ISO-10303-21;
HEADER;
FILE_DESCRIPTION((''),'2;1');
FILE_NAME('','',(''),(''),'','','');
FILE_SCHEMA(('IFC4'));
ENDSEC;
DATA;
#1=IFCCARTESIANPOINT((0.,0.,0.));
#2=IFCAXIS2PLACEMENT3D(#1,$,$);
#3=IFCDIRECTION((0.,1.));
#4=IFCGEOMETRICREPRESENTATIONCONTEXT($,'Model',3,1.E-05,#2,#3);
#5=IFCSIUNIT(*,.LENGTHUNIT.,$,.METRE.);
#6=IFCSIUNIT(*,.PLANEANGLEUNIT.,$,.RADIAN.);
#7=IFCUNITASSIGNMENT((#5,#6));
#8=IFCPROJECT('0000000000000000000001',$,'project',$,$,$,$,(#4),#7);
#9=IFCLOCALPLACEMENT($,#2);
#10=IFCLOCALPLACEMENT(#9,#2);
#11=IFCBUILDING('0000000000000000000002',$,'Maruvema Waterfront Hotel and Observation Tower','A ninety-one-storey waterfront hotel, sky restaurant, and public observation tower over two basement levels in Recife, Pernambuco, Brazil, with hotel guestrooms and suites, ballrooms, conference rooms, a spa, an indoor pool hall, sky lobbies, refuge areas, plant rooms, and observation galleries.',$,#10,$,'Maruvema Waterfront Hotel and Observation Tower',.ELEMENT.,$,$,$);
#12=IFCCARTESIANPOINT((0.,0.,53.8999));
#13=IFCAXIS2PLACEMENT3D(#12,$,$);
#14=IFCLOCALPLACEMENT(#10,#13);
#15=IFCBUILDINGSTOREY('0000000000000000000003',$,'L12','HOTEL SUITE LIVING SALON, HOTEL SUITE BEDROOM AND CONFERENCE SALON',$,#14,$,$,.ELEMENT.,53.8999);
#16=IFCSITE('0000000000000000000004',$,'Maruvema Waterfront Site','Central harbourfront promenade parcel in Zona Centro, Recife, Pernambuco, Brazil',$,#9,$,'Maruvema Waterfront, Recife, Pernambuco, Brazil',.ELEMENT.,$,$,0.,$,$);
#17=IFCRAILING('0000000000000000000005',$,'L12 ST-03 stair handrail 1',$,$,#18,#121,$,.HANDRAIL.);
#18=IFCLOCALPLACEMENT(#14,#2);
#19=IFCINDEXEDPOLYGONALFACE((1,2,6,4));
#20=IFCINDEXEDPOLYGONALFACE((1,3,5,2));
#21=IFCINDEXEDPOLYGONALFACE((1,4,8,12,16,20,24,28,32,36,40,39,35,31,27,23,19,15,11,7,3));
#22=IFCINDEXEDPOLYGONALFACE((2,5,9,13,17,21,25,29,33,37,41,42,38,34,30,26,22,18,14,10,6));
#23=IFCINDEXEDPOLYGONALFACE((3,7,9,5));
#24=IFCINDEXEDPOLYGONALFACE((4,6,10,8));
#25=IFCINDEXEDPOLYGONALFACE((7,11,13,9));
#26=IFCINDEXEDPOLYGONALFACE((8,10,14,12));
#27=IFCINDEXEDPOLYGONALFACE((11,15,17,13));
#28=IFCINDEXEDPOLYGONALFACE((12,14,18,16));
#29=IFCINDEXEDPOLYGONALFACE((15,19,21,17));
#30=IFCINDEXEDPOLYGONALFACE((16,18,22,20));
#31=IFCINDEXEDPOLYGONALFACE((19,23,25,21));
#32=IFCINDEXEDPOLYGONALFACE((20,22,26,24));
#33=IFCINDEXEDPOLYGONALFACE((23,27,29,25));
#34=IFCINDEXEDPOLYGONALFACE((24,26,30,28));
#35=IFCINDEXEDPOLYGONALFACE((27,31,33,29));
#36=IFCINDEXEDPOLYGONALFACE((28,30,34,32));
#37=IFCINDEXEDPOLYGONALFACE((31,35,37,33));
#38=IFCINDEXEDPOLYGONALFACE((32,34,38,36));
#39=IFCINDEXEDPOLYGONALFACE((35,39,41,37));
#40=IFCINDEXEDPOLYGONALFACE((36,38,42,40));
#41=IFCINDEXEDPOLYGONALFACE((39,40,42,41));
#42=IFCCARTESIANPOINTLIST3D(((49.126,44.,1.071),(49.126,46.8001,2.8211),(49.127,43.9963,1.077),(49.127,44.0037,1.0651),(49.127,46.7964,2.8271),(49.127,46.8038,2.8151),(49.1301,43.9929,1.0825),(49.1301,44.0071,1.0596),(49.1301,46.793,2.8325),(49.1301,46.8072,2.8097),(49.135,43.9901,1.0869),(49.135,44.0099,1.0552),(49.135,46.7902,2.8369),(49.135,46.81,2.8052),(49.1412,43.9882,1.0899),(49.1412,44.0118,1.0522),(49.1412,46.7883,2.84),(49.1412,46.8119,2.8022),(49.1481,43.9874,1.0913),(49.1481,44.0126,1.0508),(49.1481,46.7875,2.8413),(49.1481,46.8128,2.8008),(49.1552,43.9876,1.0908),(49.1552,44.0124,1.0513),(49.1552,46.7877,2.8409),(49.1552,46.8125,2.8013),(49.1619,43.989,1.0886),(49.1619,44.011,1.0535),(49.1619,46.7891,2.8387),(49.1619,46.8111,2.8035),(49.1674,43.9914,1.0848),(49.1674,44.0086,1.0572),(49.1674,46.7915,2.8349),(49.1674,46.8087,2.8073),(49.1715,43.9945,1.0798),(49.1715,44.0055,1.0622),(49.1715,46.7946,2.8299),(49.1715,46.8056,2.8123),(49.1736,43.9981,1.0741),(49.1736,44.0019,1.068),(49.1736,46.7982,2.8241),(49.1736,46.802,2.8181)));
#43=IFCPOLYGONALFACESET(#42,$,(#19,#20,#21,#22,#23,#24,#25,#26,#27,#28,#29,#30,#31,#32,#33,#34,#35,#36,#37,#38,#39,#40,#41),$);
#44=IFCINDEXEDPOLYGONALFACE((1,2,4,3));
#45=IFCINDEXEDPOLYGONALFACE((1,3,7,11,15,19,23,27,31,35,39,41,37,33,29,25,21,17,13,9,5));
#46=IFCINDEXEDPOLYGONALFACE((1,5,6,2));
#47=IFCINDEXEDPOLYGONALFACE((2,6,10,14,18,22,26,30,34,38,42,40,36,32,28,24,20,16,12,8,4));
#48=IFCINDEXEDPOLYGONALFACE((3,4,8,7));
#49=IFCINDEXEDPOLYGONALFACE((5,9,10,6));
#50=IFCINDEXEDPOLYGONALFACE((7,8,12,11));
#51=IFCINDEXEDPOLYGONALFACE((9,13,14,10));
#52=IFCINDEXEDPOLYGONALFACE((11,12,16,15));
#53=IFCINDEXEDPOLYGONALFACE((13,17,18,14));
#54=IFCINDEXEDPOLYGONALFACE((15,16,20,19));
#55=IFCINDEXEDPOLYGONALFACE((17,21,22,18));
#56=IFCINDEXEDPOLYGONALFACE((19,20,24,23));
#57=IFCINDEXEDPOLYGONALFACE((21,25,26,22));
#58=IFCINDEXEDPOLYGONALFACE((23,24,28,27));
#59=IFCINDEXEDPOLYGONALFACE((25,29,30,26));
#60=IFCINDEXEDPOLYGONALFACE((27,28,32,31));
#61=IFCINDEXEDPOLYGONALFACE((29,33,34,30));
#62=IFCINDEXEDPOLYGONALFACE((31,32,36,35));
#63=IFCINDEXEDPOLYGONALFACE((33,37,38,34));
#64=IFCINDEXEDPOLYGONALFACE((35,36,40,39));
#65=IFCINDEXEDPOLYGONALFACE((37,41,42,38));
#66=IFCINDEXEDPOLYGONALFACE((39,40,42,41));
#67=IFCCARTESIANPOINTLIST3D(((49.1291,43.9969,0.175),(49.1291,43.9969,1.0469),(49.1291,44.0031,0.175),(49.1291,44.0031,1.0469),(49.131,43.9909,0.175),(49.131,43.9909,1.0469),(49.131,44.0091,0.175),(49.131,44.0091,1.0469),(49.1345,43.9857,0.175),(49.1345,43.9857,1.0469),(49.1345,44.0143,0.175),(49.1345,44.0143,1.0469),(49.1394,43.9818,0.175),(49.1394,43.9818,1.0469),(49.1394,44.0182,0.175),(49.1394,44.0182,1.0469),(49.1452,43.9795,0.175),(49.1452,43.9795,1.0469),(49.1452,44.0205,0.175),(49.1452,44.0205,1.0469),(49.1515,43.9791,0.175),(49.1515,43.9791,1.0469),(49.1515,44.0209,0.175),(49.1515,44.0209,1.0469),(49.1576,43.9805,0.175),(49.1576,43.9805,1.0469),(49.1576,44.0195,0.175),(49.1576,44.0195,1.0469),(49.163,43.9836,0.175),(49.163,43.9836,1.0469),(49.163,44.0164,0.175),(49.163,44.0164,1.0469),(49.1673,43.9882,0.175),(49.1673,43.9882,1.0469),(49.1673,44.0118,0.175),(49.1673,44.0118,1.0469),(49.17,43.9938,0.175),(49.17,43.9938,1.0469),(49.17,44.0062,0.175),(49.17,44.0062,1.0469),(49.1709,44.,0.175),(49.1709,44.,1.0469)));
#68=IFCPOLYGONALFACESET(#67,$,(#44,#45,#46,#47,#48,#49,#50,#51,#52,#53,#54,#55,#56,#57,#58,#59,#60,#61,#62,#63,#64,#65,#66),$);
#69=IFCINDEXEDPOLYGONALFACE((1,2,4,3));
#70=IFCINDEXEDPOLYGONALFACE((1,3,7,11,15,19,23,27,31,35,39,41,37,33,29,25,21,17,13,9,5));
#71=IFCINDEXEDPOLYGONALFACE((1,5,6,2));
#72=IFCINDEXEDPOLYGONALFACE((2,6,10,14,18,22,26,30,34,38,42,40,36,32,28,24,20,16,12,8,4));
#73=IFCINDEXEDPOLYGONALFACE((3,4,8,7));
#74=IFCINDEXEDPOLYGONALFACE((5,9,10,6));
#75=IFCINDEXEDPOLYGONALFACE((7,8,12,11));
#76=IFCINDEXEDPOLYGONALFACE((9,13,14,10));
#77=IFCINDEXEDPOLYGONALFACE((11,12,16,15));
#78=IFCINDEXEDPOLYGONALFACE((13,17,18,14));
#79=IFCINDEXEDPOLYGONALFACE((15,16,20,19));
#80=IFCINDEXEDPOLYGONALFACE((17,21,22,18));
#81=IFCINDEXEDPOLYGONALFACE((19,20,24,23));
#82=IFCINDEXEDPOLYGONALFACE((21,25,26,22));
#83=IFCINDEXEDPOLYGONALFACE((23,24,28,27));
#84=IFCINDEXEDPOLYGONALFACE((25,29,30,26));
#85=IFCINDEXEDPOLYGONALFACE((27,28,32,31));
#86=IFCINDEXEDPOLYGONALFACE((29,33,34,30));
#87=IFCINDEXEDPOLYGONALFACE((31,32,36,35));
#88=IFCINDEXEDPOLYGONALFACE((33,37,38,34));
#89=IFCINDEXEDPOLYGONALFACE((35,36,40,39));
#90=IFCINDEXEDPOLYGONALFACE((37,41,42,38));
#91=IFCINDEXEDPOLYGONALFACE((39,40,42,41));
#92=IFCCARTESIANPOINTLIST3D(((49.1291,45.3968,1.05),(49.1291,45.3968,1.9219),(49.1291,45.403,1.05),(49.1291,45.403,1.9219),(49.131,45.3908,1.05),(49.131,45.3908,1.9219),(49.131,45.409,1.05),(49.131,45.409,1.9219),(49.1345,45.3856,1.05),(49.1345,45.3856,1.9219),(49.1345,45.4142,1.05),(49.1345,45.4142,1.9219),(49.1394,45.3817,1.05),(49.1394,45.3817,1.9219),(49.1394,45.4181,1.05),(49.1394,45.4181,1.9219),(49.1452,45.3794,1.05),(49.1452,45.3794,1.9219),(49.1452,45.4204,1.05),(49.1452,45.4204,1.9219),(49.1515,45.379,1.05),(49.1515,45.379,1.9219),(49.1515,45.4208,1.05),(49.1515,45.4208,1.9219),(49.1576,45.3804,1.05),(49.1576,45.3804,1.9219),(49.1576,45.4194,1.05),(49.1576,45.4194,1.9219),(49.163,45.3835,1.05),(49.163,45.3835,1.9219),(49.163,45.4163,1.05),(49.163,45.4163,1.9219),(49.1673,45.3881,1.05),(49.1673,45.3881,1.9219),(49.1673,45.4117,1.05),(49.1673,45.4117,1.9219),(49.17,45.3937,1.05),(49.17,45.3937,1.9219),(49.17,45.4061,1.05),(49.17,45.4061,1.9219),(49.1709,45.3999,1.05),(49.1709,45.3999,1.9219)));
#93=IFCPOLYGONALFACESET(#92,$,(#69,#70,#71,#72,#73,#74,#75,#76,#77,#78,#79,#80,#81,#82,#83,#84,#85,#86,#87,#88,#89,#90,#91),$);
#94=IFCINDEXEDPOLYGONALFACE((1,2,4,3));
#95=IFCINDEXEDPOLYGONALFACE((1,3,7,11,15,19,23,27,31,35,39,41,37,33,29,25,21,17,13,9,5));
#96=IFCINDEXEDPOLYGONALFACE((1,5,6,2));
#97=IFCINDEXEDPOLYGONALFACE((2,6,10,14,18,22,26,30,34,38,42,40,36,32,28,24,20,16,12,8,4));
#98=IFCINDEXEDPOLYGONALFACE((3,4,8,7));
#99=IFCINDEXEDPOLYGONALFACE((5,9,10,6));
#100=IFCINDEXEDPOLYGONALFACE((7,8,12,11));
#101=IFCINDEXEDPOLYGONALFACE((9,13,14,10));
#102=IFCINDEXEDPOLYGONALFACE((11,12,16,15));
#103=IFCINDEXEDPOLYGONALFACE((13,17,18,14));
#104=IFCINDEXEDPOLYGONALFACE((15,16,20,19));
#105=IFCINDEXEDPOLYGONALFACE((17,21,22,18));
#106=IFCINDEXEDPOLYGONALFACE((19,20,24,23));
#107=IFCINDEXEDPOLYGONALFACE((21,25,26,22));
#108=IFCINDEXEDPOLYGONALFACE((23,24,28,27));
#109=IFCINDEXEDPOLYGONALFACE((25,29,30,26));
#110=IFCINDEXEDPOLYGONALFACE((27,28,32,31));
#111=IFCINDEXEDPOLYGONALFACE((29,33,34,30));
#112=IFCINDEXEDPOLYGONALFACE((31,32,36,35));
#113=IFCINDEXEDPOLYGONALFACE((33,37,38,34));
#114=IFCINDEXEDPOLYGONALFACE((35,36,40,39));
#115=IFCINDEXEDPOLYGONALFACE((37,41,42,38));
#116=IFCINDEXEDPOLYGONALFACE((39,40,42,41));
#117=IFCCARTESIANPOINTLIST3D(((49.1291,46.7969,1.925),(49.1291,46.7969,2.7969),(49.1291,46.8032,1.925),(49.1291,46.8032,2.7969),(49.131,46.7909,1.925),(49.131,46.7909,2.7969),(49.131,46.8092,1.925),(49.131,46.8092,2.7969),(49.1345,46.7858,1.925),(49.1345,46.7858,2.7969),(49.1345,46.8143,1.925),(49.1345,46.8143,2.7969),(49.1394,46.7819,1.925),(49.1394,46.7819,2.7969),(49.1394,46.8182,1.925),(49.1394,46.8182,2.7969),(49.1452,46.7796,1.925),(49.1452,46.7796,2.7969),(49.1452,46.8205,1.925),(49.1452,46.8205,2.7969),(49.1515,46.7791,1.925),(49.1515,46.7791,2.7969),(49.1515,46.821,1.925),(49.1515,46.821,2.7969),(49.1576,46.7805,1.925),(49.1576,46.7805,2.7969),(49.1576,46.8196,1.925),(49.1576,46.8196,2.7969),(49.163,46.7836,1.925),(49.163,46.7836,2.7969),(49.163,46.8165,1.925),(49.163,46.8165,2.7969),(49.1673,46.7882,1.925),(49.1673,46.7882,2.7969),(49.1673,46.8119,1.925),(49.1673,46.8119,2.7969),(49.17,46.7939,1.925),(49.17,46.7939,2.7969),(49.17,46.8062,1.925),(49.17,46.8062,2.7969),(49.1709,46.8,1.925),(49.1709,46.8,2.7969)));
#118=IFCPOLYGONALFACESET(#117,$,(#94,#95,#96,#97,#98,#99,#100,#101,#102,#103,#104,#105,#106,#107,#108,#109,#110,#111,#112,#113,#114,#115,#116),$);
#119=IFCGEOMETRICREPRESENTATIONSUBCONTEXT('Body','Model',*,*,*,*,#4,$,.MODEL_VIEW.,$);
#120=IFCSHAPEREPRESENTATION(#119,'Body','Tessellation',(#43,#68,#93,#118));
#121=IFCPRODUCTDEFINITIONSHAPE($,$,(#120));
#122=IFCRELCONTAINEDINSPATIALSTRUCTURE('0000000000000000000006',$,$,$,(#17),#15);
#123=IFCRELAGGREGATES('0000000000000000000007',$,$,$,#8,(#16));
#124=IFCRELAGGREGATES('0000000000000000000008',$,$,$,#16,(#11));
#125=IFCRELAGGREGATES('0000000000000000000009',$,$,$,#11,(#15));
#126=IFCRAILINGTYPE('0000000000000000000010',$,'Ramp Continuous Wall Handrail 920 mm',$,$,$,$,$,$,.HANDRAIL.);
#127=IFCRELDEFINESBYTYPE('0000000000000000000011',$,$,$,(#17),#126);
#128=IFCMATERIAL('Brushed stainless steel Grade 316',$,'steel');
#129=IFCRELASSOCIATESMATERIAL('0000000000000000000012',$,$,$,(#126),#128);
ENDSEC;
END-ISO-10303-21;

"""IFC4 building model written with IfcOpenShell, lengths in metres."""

from ifc_helpers import new_model, si_unit, direction, frame, origin, origin_2d, place, context, subcontext, project, spatial, circle, extrude, material, type_object, element, save


model = new_model("IFC4")

# Units and contexts
model_context = context("Model", 3, precision=1e-05, world=origin(), true_north=direction((0.0, 1.0)))
body_context = subcontext(model_context, "Body", "Model", "MODEL_VIEW")
ifc_project = project(units=[si_unit("LENGTHUNIT", "METRE"), si_unit("PLANEANGLEUNIT", "RADIAN")], contexts=[model_context])

# Site, building, storey
site_placement = place(None, origin())
site = spatial("IfcSite", under=ifc_project, at=site_placement, Name="Maruvema Waterfront Site", Description="Central harbourfront promenade parcel in Zona Centro, Recife, Pernambuco, Brazil", LongName="Maruvema Waterfront, Recife, Pernambuco, Brazil", CompositionType="ELEMENT", RefElevation=0.0)
building_placement = place(site_placement, origin())
building = spatial("IfcBuilding", under=site, at=building_placement, Name="Maruvema Waterfront Hotel and Observation Tower", Description="A ninety-one-storey waterfront hotel, sky restaurant, and public observation tower over two basement levels in Recife, Pernambuco, Brazil, with hotel guestrooms and suites, ballrooms, conference rooms, a spa, an indoor pool hall, sky lobbies, refuge areas, plant rooms, and observation galleries.", LongName="Maruvema Waterfront Hotel and Observation Tower", CompositionType="ELEMENT")
storey_placement = place(building_placement, frame((0.0, 0.0, 53.8999)))
storey = spatial("IfcBuildingStorey", under=building, at=storey_placement, Name="L12", Description="HOTEL SUITE LIVING SALON, HOTEL SUITE BEDROOM AND CONFERENCE SALON", CompositionType="ELEMENT", Elevation=53.8999)

# Railing
ifc_material_1 = material(Name="Brushed stainless steel Grade 316", Category="steel")
railing_type_1 = type_object("IfcRailingType", Name="Ramp Continuous Wall Handrail 920 mm", PredefinedType="HANDRAIL", material=ifc_material_1)
railing_1_placement = place(storey_placement, frame((49.1499, 44.0, 0.175)))
element("IfcRailing", 1, at=railing_1_placement, inside=storey, type_object=railing_type_1, Name="L12 ST-03 stair handrail 1", PredefinedType="HANDRAIL", context=body_context, shape_type="SweptSolid", body=[
    extrude(circle(Radius=0.0239, at=origin_2d()), frame((0.0, 0.0, 0.896), z_axis=(0.0, 0.848002, 0.529992), x_axis=(-1.0, 0.0, 0.0)), (0.0, 0.0, 1.0), 3.302),
    extrude(circle(Radius=0.021, at=origin_2d()), origin(), (0.0, 0.0, 1.0), 0.8718),
    extrude(circle(Radius=0.021, at=origin_2d()), frame((0.0, 1.3999, 0.875)), (0.0, 0.0, 1.0), 0.8718),
    extrude(circle(Radius=0.021, at=origin_2d()), frame((0.0, 2.8, 1.75)), (0.0, 0.0, 1.0), 0.8718),
])

save(model, "model.ifc")
